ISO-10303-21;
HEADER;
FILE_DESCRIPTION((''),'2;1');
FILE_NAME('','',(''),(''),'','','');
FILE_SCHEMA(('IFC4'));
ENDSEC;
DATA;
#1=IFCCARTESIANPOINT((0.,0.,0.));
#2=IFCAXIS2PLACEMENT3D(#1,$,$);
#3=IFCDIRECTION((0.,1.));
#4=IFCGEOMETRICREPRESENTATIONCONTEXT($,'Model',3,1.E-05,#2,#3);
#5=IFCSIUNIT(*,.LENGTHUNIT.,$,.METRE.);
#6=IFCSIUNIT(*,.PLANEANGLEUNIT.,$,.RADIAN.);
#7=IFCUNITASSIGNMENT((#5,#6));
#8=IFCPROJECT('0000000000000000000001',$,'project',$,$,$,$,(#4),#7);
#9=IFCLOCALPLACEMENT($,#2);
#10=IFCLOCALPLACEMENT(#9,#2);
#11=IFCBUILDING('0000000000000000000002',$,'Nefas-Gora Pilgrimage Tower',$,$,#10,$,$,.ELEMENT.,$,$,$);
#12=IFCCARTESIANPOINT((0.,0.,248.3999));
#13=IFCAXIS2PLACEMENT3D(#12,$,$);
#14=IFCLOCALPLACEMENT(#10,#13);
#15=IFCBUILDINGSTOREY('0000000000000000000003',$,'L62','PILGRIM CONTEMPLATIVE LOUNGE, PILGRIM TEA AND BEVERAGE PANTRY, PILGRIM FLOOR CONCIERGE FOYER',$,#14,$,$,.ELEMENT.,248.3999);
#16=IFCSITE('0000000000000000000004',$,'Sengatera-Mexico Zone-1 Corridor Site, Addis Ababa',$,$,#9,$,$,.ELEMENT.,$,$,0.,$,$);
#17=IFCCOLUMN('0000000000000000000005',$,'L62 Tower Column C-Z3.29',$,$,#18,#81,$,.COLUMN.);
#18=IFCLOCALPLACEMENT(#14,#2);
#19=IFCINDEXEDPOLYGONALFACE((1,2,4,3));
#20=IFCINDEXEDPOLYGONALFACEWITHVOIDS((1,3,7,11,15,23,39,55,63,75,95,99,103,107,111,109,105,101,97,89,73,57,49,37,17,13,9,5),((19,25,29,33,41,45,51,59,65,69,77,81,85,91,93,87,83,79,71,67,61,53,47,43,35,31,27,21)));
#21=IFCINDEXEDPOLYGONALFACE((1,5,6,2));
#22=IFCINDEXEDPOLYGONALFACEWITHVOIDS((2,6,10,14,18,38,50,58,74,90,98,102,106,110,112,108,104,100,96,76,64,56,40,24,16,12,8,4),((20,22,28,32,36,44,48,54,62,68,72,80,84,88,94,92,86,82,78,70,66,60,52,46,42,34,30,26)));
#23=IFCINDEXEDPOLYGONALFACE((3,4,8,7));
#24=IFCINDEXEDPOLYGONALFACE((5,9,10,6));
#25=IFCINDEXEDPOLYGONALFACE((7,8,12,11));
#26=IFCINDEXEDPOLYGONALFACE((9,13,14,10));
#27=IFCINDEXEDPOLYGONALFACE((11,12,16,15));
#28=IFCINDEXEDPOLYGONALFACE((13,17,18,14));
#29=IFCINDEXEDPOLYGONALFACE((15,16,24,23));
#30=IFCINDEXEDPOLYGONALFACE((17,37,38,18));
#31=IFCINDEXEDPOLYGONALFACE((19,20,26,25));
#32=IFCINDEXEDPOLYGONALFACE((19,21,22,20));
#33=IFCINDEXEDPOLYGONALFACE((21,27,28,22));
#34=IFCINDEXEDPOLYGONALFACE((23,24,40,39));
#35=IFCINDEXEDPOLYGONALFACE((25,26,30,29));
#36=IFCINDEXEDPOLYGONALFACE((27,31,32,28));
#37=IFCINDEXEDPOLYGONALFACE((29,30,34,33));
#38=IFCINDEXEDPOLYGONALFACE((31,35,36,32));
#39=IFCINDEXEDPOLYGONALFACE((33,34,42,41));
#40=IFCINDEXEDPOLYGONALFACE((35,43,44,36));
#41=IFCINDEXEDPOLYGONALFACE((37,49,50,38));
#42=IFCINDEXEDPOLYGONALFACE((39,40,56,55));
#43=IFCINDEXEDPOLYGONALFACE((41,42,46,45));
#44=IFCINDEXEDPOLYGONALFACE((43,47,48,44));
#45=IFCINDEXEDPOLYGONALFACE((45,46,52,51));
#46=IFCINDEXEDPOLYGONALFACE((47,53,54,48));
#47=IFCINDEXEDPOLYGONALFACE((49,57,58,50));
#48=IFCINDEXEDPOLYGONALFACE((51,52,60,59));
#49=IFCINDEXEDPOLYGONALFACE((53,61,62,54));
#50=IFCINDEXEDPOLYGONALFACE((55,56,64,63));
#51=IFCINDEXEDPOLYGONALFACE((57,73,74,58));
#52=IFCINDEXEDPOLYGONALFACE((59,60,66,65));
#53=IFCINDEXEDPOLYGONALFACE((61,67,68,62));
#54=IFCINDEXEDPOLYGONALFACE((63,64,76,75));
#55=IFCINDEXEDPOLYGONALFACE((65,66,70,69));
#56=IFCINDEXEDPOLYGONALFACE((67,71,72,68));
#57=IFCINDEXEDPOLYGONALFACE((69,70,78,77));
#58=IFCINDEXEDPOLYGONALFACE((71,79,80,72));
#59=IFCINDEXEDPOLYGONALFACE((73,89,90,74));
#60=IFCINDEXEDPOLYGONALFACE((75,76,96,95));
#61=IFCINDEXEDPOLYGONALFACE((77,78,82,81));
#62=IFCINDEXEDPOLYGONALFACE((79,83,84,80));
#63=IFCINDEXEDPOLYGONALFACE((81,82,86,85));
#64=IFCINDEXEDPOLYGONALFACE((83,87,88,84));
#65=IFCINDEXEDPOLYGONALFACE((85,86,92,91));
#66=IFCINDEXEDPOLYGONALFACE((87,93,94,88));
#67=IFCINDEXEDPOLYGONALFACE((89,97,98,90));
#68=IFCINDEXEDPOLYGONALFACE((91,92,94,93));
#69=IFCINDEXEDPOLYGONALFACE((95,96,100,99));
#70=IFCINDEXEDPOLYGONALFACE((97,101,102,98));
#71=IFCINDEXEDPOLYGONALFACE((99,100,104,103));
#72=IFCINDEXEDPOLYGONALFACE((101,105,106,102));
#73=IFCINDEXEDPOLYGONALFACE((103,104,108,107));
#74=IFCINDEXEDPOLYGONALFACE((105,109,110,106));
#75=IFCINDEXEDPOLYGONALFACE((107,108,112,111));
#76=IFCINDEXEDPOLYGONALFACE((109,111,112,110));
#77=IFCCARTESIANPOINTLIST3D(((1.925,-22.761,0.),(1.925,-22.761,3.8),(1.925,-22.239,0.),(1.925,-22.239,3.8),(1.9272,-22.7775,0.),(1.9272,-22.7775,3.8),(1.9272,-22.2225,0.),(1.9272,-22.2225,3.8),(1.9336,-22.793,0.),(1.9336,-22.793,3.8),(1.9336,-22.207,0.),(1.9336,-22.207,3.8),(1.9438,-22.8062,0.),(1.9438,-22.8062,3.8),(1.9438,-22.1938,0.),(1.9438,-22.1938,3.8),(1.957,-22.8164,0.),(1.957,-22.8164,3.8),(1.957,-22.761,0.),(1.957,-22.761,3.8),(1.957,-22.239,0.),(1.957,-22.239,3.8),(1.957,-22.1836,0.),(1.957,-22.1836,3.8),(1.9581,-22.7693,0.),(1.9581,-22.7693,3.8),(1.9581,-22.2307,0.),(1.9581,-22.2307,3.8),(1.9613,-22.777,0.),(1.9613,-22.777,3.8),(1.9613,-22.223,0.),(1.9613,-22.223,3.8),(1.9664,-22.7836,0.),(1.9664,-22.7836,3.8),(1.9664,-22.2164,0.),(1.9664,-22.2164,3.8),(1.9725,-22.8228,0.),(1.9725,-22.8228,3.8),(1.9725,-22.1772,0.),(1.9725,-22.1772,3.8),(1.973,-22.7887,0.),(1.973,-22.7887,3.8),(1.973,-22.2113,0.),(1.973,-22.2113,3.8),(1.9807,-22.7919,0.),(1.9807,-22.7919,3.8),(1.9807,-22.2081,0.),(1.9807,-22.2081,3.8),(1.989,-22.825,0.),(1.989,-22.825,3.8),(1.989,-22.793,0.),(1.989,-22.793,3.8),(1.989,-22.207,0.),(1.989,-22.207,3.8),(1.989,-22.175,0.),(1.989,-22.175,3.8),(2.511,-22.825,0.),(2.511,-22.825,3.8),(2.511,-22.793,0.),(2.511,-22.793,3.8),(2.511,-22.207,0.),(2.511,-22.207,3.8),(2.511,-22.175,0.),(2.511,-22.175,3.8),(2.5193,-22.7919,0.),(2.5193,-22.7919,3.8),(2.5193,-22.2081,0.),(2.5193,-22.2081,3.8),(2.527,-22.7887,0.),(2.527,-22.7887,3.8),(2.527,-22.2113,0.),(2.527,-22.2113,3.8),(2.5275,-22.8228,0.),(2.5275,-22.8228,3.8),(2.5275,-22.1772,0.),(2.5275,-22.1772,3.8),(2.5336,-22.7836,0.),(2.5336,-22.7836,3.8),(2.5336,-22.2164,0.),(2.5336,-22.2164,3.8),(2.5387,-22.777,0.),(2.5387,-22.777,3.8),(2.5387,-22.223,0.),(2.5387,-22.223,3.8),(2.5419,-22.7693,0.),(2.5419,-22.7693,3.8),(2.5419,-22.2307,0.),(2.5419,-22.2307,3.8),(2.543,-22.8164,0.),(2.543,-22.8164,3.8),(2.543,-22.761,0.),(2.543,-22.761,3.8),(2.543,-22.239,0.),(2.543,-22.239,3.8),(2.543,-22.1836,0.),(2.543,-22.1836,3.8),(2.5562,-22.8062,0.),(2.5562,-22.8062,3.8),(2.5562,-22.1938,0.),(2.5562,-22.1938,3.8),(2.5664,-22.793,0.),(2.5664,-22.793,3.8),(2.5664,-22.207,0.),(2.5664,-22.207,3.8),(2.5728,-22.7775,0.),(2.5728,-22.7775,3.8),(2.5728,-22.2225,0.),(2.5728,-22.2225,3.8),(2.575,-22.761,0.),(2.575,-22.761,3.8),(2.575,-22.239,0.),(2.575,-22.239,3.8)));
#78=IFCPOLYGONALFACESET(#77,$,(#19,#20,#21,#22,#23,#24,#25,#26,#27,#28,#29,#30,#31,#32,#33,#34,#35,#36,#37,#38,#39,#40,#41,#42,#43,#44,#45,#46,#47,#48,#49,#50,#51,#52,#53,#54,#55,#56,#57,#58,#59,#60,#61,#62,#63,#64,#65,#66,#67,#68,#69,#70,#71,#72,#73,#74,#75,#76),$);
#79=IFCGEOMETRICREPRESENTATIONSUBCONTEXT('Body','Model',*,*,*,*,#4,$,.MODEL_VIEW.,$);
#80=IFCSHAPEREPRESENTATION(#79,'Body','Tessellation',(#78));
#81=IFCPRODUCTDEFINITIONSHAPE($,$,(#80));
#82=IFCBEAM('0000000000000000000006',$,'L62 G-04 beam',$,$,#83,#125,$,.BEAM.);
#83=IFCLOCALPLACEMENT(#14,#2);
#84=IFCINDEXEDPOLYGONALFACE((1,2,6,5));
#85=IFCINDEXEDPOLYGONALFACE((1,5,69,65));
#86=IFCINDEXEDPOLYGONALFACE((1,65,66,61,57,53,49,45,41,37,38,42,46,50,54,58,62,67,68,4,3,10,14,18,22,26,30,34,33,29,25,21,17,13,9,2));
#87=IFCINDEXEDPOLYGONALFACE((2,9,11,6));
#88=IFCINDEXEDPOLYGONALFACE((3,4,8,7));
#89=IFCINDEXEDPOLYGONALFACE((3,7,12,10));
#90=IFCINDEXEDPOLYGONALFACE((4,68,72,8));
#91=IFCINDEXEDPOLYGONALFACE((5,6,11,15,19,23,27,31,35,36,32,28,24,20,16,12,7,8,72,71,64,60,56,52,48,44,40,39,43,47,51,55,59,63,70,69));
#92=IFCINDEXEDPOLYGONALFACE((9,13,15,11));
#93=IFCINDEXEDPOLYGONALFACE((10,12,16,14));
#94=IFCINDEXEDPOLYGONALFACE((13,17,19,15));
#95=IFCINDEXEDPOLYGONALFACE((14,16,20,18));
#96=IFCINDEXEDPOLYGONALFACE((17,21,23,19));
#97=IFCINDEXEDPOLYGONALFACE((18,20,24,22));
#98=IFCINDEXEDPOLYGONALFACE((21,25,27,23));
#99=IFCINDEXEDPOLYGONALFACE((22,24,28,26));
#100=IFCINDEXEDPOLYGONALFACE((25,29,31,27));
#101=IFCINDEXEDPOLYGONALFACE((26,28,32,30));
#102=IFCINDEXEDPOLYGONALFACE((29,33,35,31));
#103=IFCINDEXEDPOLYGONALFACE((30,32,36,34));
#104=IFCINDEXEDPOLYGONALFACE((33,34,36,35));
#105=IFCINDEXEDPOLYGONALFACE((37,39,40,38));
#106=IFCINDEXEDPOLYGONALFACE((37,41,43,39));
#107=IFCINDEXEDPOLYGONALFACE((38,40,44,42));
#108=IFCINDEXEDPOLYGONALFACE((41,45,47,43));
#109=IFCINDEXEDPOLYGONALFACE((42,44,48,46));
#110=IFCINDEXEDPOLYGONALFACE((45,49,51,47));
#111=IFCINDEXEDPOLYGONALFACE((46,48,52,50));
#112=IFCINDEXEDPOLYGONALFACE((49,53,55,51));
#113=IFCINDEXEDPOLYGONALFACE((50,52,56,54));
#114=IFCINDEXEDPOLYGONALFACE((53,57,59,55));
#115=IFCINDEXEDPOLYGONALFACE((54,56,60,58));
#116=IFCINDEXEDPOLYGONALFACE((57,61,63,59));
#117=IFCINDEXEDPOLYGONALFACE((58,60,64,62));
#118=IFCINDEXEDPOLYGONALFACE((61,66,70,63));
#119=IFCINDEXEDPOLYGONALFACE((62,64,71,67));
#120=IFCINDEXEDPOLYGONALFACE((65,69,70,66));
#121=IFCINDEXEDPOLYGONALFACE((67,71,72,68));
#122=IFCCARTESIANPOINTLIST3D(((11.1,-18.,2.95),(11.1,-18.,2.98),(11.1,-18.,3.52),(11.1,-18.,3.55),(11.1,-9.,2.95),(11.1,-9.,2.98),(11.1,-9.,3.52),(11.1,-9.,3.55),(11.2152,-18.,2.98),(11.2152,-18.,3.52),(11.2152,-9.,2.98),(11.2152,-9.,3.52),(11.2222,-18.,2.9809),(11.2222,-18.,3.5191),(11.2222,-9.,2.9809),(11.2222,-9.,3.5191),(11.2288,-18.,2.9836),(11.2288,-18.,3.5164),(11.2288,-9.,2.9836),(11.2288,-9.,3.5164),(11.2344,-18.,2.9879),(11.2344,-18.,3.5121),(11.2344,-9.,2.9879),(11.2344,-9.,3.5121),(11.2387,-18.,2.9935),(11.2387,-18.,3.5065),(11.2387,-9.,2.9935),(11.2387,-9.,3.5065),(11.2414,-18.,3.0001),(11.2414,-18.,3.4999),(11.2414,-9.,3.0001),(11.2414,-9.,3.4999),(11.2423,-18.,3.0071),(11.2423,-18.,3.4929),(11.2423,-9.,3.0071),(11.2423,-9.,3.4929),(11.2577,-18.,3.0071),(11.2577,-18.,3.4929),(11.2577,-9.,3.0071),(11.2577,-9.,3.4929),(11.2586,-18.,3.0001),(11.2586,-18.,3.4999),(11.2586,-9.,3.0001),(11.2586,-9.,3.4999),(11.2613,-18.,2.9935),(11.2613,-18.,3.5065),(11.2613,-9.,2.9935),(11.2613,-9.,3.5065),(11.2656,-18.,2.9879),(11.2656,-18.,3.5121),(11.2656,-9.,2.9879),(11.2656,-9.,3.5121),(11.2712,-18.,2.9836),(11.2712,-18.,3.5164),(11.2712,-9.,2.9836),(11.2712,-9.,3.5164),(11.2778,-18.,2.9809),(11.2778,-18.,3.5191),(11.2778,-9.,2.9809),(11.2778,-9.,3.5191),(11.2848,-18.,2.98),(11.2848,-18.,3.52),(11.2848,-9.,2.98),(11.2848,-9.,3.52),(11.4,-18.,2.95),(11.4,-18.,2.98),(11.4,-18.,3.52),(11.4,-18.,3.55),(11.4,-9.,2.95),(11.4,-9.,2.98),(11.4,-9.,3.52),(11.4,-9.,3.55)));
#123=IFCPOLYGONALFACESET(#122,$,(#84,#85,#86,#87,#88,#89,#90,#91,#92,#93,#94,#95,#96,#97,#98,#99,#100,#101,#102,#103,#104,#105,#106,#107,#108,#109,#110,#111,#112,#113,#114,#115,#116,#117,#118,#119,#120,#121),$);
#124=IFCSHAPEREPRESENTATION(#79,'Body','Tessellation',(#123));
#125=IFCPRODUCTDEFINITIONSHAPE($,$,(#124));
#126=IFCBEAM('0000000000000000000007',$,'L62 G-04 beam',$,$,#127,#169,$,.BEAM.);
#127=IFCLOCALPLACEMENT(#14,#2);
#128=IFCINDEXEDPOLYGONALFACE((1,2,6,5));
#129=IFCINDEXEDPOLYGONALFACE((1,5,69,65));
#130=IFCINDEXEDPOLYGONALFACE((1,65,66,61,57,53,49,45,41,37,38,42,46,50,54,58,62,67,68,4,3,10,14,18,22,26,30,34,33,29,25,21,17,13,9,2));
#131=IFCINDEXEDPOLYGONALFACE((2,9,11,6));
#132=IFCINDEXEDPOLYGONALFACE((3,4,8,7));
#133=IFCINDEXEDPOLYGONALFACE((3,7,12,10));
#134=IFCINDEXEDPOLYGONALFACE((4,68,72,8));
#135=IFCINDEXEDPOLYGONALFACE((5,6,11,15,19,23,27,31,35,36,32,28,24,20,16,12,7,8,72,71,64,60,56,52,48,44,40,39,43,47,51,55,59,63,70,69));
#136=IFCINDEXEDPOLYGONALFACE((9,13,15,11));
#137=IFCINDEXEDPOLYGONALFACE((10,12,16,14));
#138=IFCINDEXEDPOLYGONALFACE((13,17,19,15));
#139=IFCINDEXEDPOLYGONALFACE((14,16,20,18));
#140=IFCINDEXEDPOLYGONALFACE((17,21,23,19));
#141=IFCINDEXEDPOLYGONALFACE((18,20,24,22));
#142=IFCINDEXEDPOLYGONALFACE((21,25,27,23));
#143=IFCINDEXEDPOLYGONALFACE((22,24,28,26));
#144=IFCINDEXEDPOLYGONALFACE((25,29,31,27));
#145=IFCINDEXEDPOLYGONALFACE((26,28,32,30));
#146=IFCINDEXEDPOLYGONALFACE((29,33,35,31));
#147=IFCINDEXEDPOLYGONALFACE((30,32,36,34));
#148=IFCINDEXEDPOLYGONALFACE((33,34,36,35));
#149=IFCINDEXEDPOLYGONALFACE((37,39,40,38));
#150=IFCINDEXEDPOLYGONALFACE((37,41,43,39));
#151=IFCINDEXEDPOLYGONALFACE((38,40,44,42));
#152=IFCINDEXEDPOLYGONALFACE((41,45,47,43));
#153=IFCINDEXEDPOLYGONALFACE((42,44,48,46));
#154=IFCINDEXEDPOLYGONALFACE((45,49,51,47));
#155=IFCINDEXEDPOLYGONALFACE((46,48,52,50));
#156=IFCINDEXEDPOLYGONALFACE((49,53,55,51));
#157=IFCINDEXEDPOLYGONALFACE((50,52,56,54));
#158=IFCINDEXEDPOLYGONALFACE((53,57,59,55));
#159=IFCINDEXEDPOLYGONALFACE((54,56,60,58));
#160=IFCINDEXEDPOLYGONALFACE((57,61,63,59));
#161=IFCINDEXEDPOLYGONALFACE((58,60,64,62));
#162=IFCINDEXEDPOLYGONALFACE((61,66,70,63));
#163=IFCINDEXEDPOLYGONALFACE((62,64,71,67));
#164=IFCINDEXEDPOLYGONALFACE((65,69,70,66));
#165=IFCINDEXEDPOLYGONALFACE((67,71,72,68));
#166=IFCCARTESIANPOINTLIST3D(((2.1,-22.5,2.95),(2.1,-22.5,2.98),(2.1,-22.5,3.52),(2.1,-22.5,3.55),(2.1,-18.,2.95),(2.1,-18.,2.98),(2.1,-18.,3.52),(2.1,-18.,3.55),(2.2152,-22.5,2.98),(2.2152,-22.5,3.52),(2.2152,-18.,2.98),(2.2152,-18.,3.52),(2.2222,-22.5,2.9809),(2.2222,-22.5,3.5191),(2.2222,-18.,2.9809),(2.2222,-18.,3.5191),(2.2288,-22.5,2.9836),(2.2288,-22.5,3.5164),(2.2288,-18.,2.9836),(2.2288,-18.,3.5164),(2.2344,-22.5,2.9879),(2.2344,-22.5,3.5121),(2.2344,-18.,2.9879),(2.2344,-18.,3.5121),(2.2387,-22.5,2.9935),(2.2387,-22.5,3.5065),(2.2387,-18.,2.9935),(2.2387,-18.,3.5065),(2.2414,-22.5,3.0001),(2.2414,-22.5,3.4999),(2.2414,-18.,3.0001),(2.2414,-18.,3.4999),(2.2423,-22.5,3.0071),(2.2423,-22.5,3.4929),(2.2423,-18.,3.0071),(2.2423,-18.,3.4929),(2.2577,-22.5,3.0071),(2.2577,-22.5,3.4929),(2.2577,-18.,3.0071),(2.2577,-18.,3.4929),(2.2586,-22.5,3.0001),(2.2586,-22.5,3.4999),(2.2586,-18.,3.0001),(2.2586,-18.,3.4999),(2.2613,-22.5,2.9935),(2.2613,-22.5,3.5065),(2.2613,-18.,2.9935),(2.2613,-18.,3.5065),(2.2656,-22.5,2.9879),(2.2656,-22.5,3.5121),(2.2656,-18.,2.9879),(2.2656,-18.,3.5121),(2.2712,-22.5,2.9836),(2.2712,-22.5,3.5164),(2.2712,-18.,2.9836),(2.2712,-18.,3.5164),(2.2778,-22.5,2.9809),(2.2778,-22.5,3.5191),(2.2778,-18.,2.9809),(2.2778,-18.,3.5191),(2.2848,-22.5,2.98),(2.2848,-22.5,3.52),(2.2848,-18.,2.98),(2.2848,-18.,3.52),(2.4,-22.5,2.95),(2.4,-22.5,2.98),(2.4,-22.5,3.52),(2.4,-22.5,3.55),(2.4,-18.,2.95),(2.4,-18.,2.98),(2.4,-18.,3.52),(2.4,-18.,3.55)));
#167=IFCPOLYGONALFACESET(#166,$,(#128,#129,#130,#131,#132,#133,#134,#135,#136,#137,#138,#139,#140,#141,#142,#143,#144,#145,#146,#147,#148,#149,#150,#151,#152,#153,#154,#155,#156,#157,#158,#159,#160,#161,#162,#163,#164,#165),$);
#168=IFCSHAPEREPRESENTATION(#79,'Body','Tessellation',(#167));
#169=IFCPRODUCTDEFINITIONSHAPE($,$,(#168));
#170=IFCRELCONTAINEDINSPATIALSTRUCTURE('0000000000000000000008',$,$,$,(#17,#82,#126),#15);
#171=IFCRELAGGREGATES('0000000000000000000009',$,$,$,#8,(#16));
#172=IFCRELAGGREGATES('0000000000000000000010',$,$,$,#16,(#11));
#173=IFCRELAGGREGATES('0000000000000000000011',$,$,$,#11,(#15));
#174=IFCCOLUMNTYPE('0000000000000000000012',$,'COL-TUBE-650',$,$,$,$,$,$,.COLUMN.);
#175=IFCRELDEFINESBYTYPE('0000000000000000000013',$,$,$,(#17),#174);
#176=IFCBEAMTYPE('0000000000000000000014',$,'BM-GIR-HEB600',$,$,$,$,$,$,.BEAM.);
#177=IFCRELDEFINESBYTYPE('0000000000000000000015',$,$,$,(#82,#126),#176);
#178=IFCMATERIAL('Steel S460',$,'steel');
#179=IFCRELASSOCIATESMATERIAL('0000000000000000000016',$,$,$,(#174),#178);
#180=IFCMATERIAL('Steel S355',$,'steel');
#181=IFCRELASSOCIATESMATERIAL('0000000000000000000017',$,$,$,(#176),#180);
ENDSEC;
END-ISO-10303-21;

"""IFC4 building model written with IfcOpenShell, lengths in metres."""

from ifc_helpers import new_model, si_unit, direction, frame, origin, origin_2d, place, context, subcontext, project, spatial, hollow_rectangle, i_section, extrude, source, transform, mapped, material, material_profile, profile_set, type_object, element, save


model = new_model("IFC4")

# Units and contexts
model_context = context("Model", 3, precision=1e-05, world=origin(), true_north=direction((0.0, 1.0)))
body_context = subcontext(model_context, "Body", "Model", "MODEL_VIEW")
ifc_project = project(units=[si_unit("LENGTHUNIT", "METRE"), si_unit("PLANEANGLEUNIT", "RADIAN")], contexts=[model_context])

# Site, building, storey
site_placement = place(None, origin())
site = spatial("IfcSite", under=ifc_project, at=site_placement, Name="Sengatera-Mexico Zone-1 Corridor Site, Addis Ababa", CompositionType="ELEMENT", RefElevation=0.0)
building_placement = place(site_placement, origin())
building = spatial("IfcBuilding", under=site, at=building_placement, Name="Nefas-Gora Pilgrimage Tower", CompositionType="ELEMENT")
storey_placement = place(building_placement, frame((0.0, 0.0, 248.3999)))
storey = spatial("IfcBuildingStorey", under=building, at=storey_placement, Name="L62", Description="PILGRIM CONTEMPLATIVE LOUNGE, PILGRIM TEA AND BEVERAGE PANTRY, PILGRIM FLOOR CONCIERGE FOYER", CompositionType="ELEMENT", Elevation=248.3999)

# Column
ifc_material_1 = material(Name="Steel S460", Category="steel")
ifc_material_profile_1 = material_profile(ifc_material_1, hollow_rectangle(XDim=0.6499, YDim=0.6499, WallThickness=0.032, InnerFilletRadius=0.032, OuterFilletRadius=0.064, at=origin_2d()), Name="BOX 650x650x32")
ifc_profile_set_1 = profile_set([ifc_material_profile_1], Name="Steel S460")
column_type_1 = type_object("IfcColumnType", Name="COL-TUBE-650", PredefinedType="COLUMN", material=ifc_profile_set_1)
shared_shape_1 = source(origin(), body_context, "Body", "SweptSolid", [
    extrude(hollow_rectangle(XDim=0.6499, YDim=0.6499, WallThickness=0.032, InnerFilletRadius=0.032, OuterFilletRadius=0.064, at=origin_2d()), origin(), (0.0, 0.0, 1.0), 3.8),
])
column_placement = place(storey_placement, frame((2.25, -22.5, 0.0), z_axis=(0.0, 0.0, 1.0), x_axis=(1.0, 0.0, 0.0)))
element("IfcColumn", 1, at=column_placement, inside=storey, type_object=column_type_1, Name="L62 Tower Column C-Z3.29", PredefinedType="COLUMN", context=body_context, shape_type="MappedRepresentation", body=[
    mapped(shared_shape_1, transform((0.0, 0.0, 0.0), x_axis=(1.0, 0.0, 0.0), y_axis=(0.0, 1.0, 0.0), z_axis=(0.0, 0.0, 1.0), scale=1.0)),
])

# Beams
ifc_material_2 = material(Name="Steel S355", Category="steel")
ifc_material_profile_2 = material_profile(ifc_material_2, i_section(OverallWidth=0.3, OverallDepth=0.6001, WebThickness=0.0154, FlangeThickness=0.03, FilletRadius=0.0271, at=origin_2d()), Name="HEB 600")
ifc_profile_set_2 = profile_set([ifc_material_profile_2], Name="Steel S355")
beam_type = type_object("IfcBeamType", Name="BM-GIR-HEB600", PredefinedType="BEAM", material=ifc_profile_set_2)
shared_shape_2 = source(origin(), body_context, "Body", "SweptSolid", [
    extrude(i_section(OverallWidth=0.3, OverallDepth=0.6001, WebThickness=0.0154, FlangeThickness=0.03, FilletRadius=0.0271, at=origin_2d()), origin(), (0.0, 0.0, 1.0), 9.0),
])
beam_placement = place(storey_placement, frame((11.25, -18.0, 3.25), z_axis=(0.0, 1.0, 0.0), x_axis=(-1.0, 0.0, 0.0)))
element("IfcBeam", 2, at=beam_placement, inside=storey, type_object=beam_type, Name="L62 G-04 beam", PredefinedType="BEAM", context=body_context, shape_type="MappedRepresentation", body=[
    mapped(shared_shape_2, transform((0.0, 0.0, 0.0), x_axis=(1.0, 0.0, 0.0), y_axis=(0.0, 1.0, 0.0), z_axis=(0.0, 0.0, 1.0), scale=1.0)),
])
shared_shape_3 = source(origin(), body_context, "Body", "SweptSolid", [
    extrude(i_section(OverallWidth=0.3, OverallDepth=0.6001, WebThickness=0.0154, FlangeThickness=0.03, FilletRadius=0.0271, at=origin_2d()), origin(), (0.0, 0.0, 1.0), 4.5),
])
for number, where, z_axis, x_axis, name in (
    (3, (2.25, -22.5, 3.25), (0.0, 1.0, 0.0), (-1.0, 0.0, 0.0), "L62 G-04 beam"),
):
    element("IfcBeam", number, at=place(storey_placement, frame(where, z_axis=z_axis, x_axis=x_axis)), inside=storey, type_object=beam_type, Name=name, PredefinedType="BEAM", context=body_context, shape_type="MappedRepresentation", body=[
        mapped(shared_shape_3, transform((0.0, 0.0, 0.0), x_axis=(1.0, 0.0, 0.0), y_axis=(0.0, 1.0, 0.0), z_axis=(0.0, 0.0, 1.0), scale=1.0)),
    ])

save(model, "model.ifc")
